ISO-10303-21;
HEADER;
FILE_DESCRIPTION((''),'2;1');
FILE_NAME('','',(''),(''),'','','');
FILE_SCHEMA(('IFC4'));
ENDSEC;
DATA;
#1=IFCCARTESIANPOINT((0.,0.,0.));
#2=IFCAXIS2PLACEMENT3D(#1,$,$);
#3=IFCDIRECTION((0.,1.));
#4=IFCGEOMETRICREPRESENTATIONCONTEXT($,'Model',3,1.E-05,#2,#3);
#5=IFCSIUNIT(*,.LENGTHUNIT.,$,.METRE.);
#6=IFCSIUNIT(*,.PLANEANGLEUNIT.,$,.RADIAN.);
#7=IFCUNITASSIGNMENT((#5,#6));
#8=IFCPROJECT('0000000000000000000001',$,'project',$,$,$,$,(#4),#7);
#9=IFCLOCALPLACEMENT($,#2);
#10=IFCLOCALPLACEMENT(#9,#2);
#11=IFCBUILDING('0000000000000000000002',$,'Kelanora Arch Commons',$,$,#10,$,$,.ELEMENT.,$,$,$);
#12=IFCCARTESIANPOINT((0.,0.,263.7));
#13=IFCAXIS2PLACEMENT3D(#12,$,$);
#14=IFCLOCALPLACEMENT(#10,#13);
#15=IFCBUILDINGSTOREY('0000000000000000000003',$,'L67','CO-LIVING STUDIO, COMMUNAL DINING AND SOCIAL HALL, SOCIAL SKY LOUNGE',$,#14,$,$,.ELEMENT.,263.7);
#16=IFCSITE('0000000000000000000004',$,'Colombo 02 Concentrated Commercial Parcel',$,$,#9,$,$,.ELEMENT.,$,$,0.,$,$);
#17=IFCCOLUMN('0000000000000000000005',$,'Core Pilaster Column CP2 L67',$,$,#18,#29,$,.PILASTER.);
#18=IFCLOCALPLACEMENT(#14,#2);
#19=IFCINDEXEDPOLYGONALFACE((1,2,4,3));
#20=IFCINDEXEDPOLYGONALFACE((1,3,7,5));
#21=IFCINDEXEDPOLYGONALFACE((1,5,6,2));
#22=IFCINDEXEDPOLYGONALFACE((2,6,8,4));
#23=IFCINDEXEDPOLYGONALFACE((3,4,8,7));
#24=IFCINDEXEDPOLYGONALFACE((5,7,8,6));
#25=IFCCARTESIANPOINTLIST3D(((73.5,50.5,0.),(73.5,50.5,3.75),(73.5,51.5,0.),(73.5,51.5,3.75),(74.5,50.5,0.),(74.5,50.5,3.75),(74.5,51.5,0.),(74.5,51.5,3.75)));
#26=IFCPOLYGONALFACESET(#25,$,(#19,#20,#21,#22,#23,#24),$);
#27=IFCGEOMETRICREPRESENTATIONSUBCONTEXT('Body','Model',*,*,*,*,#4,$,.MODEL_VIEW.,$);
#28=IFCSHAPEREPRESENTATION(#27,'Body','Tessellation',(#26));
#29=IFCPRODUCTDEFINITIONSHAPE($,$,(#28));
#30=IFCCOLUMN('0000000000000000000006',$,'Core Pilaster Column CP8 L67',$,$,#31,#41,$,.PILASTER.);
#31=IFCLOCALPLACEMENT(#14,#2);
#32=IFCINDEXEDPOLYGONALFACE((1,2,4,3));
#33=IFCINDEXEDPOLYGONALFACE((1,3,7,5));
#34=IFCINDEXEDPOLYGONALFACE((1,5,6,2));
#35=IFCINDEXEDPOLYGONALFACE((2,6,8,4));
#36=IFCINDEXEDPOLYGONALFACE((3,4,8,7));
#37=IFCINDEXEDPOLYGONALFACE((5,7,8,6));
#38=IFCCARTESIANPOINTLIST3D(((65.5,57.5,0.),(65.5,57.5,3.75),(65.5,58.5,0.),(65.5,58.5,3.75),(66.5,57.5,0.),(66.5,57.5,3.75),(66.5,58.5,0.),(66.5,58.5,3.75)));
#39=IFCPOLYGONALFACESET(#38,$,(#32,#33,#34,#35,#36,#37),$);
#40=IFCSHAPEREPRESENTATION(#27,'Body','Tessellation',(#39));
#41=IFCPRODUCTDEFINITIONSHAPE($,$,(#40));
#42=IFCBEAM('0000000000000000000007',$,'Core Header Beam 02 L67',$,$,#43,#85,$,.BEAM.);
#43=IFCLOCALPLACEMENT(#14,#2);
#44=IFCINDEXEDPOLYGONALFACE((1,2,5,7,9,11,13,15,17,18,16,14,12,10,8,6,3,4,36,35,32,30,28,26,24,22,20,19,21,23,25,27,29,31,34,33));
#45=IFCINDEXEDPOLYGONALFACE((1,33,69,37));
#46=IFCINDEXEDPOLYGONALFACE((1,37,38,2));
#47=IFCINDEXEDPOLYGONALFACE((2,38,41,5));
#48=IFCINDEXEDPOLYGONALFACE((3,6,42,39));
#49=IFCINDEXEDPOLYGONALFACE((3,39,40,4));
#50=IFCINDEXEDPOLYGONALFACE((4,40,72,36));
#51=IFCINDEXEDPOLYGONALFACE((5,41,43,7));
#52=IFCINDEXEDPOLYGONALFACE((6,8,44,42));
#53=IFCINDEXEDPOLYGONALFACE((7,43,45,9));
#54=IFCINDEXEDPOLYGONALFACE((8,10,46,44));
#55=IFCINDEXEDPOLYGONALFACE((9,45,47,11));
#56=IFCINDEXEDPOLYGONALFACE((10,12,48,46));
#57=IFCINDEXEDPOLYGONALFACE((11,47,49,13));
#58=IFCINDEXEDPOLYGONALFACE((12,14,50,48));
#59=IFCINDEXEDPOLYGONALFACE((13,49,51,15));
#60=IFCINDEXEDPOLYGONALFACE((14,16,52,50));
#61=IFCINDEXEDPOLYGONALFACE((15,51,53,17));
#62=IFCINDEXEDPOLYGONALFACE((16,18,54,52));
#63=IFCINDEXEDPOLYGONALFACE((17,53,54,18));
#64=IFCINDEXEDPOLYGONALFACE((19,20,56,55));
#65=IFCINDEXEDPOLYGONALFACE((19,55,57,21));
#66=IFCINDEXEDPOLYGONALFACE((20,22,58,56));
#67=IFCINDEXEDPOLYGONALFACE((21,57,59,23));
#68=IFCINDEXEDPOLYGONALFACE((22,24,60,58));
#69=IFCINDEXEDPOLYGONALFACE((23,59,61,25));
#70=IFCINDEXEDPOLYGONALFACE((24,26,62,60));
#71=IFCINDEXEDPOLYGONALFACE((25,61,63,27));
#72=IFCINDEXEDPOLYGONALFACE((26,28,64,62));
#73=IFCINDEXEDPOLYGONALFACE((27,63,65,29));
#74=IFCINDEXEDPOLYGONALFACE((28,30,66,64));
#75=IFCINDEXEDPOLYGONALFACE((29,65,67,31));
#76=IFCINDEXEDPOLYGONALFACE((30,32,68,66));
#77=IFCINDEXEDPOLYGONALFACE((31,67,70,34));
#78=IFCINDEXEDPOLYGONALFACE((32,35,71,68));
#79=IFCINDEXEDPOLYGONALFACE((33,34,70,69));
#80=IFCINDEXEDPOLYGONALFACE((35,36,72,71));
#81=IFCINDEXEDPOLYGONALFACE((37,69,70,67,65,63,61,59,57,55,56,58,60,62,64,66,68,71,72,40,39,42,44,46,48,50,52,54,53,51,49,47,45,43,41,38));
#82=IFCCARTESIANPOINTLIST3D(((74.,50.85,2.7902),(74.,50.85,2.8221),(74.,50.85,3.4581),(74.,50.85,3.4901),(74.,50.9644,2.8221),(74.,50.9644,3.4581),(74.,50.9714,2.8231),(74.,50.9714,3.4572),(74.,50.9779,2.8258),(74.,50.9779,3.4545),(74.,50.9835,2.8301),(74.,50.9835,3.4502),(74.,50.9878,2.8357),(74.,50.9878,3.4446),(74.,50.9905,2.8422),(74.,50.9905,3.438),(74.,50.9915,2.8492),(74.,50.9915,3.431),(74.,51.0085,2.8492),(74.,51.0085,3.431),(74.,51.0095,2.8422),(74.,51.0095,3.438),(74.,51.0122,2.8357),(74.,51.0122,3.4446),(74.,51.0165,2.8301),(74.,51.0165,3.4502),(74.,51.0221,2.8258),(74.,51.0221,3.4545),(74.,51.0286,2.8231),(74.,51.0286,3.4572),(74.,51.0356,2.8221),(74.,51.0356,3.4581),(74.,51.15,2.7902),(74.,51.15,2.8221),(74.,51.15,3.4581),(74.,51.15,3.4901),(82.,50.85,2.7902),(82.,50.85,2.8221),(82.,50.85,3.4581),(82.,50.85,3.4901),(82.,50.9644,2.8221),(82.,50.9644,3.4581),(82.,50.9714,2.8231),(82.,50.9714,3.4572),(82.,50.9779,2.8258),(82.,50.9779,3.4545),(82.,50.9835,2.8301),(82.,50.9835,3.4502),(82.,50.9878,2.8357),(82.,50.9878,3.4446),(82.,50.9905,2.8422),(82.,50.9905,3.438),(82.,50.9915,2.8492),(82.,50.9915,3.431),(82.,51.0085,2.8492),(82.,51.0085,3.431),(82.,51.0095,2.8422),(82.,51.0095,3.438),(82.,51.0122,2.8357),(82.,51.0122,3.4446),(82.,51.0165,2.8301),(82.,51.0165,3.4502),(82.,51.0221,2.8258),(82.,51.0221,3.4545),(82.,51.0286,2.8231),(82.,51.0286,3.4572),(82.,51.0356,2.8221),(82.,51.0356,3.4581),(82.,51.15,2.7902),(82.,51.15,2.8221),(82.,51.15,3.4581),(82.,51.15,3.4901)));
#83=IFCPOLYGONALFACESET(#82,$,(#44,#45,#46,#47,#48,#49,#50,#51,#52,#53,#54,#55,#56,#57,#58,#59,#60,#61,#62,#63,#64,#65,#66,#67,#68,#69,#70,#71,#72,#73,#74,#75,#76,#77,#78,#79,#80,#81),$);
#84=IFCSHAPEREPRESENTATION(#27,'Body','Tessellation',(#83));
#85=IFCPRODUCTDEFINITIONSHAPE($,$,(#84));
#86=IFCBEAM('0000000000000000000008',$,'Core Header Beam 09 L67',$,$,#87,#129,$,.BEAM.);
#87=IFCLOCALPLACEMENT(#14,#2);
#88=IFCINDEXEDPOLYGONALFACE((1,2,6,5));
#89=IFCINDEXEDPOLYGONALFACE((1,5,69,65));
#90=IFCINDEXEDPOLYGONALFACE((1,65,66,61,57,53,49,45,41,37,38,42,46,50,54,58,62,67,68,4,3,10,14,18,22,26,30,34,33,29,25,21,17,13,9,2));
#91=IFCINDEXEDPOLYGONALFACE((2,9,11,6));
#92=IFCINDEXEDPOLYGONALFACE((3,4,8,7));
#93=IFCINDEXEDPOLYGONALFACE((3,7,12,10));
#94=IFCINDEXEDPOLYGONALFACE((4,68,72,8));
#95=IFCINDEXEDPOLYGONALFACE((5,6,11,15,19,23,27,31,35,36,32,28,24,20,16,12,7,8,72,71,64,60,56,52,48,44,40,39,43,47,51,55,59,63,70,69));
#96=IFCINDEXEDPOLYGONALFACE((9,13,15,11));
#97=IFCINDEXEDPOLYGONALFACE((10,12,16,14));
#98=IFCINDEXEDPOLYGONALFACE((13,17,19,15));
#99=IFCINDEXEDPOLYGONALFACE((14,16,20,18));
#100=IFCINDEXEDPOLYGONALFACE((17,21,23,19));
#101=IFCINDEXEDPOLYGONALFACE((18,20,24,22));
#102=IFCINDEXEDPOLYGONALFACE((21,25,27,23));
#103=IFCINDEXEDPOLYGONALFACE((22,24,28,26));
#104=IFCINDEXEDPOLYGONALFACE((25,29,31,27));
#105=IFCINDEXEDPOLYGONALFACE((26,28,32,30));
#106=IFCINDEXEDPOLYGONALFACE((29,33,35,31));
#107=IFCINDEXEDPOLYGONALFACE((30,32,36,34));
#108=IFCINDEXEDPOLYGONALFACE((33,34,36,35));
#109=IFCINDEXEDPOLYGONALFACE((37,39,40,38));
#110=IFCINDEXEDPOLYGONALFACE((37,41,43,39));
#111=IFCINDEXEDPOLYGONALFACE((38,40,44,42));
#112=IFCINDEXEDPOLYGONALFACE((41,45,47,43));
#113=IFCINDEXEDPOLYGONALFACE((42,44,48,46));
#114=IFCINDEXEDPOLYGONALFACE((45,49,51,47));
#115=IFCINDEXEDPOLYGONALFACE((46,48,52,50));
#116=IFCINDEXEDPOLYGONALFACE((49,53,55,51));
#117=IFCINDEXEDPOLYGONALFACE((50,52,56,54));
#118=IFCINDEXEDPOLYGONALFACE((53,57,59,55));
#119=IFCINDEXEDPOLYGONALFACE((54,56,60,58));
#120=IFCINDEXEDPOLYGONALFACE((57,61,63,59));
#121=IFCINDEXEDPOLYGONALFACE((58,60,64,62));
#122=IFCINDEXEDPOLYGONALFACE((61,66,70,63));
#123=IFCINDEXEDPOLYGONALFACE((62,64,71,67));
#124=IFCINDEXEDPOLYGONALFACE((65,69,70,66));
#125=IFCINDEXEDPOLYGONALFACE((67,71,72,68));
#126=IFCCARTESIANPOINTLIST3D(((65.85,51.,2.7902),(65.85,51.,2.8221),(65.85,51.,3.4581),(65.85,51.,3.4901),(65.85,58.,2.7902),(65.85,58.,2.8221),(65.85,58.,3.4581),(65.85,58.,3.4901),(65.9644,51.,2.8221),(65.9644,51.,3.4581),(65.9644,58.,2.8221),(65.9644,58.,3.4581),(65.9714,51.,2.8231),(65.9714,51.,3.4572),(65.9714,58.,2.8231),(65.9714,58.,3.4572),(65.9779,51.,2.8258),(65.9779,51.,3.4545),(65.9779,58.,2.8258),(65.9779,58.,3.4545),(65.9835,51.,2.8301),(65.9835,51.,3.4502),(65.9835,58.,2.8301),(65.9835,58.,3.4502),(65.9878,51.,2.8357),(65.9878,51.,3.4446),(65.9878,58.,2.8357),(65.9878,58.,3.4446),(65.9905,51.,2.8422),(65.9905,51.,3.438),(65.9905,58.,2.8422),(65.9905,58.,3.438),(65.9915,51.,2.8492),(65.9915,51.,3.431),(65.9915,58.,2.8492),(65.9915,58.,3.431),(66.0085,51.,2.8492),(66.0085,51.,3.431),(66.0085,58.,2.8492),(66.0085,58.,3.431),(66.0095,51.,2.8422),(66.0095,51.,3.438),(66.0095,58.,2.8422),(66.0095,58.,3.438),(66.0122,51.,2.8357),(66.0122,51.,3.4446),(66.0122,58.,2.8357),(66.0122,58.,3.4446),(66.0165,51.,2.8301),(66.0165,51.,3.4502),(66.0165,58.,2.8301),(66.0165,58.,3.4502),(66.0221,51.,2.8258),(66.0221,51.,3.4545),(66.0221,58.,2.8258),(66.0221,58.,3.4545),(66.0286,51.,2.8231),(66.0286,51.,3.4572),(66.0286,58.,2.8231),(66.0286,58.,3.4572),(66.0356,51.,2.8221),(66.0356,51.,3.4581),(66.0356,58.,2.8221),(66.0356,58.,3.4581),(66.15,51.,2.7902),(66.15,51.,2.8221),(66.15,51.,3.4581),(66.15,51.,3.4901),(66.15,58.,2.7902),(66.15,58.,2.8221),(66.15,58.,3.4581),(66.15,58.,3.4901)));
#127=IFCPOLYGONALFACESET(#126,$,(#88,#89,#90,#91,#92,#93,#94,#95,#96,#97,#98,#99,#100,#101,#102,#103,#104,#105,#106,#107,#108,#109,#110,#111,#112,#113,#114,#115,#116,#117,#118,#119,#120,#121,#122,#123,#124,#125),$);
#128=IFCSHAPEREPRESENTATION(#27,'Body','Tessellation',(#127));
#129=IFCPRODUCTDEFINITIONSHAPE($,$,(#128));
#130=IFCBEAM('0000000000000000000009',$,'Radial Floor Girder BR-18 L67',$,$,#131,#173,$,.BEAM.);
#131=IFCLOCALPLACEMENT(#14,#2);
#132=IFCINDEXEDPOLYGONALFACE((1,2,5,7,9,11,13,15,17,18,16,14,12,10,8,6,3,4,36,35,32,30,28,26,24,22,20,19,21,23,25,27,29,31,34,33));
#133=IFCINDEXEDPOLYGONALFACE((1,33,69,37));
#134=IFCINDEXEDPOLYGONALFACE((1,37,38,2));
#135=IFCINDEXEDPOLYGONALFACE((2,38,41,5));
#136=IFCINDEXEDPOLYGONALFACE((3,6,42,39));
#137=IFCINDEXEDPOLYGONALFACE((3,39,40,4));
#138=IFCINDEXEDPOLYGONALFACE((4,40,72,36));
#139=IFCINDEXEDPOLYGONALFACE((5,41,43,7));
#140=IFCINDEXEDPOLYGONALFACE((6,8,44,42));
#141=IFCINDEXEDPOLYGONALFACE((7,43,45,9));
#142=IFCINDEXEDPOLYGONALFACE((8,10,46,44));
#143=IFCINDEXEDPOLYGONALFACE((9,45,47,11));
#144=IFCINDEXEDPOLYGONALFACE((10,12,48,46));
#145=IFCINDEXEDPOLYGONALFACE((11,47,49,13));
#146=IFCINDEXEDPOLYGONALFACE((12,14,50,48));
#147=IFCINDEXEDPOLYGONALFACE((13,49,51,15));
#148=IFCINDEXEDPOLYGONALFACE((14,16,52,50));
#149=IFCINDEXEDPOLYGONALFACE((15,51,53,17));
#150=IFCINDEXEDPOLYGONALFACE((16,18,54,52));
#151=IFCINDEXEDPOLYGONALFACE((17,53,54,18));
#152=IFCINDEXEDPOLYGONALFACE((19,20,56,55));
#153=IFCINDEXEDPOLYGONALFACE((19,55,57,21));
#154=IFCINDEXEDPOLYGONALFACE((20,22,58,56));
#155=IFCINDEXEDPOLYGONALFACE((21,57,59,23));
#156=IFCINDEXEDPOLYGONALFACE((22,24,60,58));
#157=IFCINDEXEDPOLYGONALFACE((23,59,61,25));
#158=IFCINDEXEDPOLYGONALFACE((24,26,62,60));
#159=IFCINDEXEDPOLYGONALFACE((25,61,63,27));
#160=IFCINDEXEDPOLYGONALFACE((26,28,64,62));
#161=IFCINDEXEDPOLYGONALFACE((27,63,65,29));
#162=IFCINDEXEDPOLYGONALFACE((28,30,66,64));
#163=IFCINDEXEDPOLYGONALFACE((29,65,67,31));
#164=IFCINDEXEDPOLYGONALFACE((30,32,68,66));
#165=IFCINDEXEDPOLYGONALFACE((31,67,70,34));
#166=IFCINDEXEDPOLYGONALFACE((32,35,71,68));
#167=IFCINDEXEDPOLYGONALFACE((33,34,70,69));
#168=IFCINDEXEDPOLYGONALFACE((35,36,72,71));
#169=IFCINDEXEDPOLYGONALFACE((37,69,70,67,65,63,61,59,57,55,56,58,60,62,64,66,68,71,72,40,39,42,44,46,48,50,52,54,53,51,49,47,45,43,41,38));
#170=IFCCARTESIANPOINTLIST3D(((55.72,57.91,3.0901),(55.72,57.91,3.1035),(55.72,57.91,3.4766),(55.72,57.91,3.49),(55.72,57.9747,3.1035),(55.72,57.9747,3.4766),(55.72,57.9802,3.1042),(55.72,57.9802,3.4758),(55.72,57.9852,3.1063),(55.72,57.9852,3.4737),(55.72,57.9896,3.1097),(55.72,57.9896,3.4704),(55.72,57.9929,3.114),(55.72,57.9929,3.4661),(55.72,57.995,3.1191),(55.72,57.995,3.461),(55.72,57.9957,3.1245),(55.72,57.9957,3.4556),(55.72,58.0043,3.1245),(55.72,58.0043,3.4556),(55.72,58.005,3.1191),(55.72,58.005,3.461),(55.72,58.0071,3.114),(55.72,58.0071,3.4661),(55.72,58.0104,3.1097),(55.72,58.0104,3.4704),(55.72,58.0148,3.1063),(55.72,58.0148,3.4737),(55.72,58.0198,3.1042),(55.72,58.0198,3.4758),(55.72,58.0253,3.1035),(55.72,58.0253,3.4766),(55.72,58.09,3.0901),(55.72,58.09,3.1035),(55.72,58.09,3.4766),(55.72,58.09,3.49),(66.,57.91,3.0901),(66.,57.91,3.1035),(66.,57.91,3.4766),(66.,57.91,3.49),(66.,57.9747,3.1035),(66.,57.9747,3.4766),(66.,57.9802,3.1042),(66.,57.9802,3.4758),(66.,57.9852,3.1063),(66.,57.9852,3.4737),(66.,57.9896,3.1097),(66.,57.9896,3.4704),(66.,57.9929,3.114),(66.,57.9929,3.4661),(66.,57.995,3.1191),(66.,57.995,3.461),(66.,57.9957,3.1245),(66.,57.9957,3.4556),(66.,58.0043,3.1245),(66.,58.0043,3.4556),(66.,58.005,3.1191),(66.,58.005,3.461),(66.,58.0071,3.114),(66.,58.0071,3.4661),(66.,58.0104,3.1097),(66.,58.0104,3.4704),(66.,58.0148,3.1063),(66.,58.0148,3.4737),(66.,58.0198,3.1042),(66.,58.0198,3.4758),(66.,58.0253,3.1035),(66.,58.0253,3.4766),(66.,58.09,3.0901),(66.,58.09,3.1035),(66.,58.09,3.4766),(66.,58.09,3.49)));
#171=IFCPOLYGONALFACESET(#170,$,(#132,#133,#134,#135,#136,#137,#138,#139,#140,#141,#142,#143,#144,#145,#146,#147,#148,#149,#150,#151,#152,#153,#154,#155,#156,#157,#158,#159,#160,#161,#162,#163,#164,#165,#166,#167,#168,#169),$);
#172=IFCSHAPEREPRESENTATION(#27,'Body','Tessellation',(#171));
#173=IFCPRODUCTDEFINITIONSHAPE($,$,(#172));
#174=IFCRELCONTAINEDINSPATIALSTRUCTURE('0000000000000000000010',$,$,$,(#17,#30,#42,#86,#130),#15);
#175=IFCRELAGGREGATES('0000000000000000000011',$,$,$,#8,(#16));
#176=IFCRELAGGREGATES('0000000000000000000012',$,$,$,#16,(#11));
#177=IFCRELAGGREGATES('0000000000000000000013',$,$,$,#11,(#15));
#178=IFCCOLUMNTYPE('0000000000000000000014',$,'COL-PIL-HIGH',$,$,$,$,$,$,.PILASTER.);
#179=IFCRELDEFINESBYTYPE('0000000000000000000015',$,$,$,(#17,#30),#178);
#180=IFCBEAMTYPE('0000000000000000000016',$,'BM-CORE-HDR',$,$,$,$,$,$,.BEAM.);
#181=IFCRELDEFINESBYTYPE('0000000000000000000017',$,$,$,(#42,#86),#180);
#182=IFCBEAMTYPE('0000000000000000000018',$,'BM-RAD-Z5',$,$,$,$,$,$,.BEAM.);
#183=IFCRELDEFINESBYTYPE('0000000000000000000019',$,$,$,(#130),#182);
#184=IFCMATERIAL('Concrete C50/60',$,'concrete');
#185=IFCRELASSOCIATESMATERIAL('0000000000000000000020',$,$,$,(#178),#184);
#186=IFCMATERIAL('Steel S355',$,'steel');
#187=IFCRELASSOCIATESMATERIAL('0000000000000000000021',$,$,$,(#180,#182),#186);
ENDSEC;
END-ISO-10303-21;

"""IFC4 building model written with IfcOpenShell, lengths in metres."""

from ifc_helpers import new_model, si_unit, direction, frame, origin, origin_2d, place, context, subcontext, project, spatial, rectangle, i_section, extrude, material, material_profile, profile_set, type_object, element, save


model = new_model("IFC4")

# Units and contexts
model_context = context("Model", 3, precision=1e-05, world=origin(), true_north=direction((0.0, 1.0)))
body_context = subcontext(model_context, "Body", "Model", "MODEL_VIEW")
ifc_project = project(units=[si_unit("LENGTHUNIT", "METRE"), si_unit("PLANEANGLEUNIT", "RADIAN")], contexts=[model_context])

# Site, building, storey
site_placement = place(None, origin())
site = spatial("IfcSite", under=ifc_project, at=site_placement, Name="Colombo 02 Concentrated Commercial Parcel", CompositionType="ELEMENT", RefElevation=0.0)
building_placement = place(site_placement, origin())
building = spatial("IfcBuilding", under=site, at=building_placement, Name="Kelanora Arch Commons", CompositionType="ELEMENT")
storey_placement = place(building_placement, frame((0.0, 0.0, 263.7)))
storey = spatial("IfcBuildingStorey", under=building, at=storey_placement, Name="L67", Description="CO-LIVING STUDIO, COMMUNAL DINING AND SOCIAL HALL, SOCIAL SKY LOUNGE", CompositionType="ELEMENT", Elevation=263.7)

# Columns
ifc_material_1 = material(Name="Concrete C50/60", Category="concrete")
ifc_material_profile_1 = material_profile(ifc_material_1, rectangle(XDim=1.0, YDim=1.0, at=origin_2d()), Name="RC1000x1000")
ifc_profile_set_1 = profile_set([ifc_material_profile_1], Name="Concrete C50/60")
column_type = type_object("IfcColumnType", Name="COL-PIL-HIGH", PredefinedType="PILASTER", material=ifc_profile_set_1)
for number, where, z_axis, x_axis, name in (
    (1, (74.0, 51.0, 0.0), (0.0, 0.0, 1.0), (1.0, 0.0, 0.0), "Core Pilaster Column CP2 L67"),
    (2, (66.0, 58.0, 0.0), (0.0, 0.0, 1.0), (1.0, 0.0, 0.0), "Core Pilaster Column CP8 L67"),
):
    element("IfcColumn", number, at=place(storey_placement, frame(where, z_axis=z_axis, x_axis=x_axis)), inside=storey, type_object=column_type, Name=name, PredefinedType="PILASTER", context=body_context, shape_type="SweptSolid", body=[
        extrude(rectangle(XDim=1.0, YDim=1.0, at=origin_2d()), origin(), (0.0, 0.0, 1.0), 3.75),
    ])

# Beams
ifc_material_2 = material(Name="Steel S355", Category="steel")
ifc_material_profile_2 = material_profile(ifc_material_2, i_section(OverallWidth=0.3, OverallDepth=0.7, WebThickness=0.0171, FlangeThickness=0.032, FilletRadius=0.0271, at=origin_2d()), Name="HEB700")
ifc_profile_set_2 = profile_set([ifc_material_profile_2], Name="Steel S355")
beam_type_1 = type_object("IfcBeamType", Name="BM-CORE-HDR", PredefinedType="BEAM", material=ifc_profile_set_2)
beam_1_placement = place(storey_placement, frame((74.0, 51.0, 3.1401), z_axis=(1.0, 0.0, 0.0), x_axis=(0.0, 1.0, 0.0)))
element("IfcBeam", 3, at=beam_1_placement, inside=storey, type_object=beam_type_1, Name="Core Header Beam 02 L67", PredefinedType="BEAM", context=body_context, shape_type="SweptSolid", body=[
    extrude(i_section(OverallWidth=0.3, OverallDepth=0.7, WebThickness=0.0171, FlangeThickness=0.032, FilletRadius=0.0271, at=origin_2d()), origin(), (0.0, 0.0, 1.0), 8.0),
])
beam_2_placement = place(storey_placement, frame((66.0, 58.0, 3.1401), z_axis=(0.0, -1.0, 0.0), x_axis=(1.0, 0.0, 0.0)))
element("IfcBeam", 4, at=beam_2_placement, inside=storey, type_object=beam_type_1, Name="Core Header Beam 09 L67", PredefinedType="BEAM", context=body_context, shape_type="SweptSolid", body=[
    extrude(i_section(OverallWidth=0.3, OverallDepth=0.7, WebThickness=0.0171, FlangeThickness=0.032, FilletRadius=0.0271, at=origin_2d()), origin(), (0.0, 0.0, 1.0), 7.0),
])
ifc_material_profile_3 = material_profile(ifc_material_2, i_section(OverallWidth=0.1799, OverallDepth=0.3999, WebThickness=0.0085, FlangeThickness=0.0134, FilletRadius=0.021, at=origin_2d()), Name="IPE400")
ifc_profile_set_3 = profile_set([ifc_material_profile_3], Name="Steel S355")
beam_type_2 = type_object("IfcBeamType", Name="BM-RAD-Z5", PredefinedType="BEAM", material=ifc_profile_set_3)
beam_3_placement = place(storey_placement, frame((66.0, 58.0, 3.29), z_axis=(-1.0, 0.0, 0.0), x_axis=(0.0, -1.0, 0.0)))
element("IfcBeam", 5, at=beam_3_placement, inside=storey, type_object=beam_type_2, Name="Radial Floor Girder BR-18 L67", PredefinedType="BEAM", context=body_context, shape_type="SweptSolid", body=[
    extrude(i_section(OverallWidth=0.1799, OverallDepth=0.3999, WebThickness=0.0085, FlangeThickness=0.0134, FilletRadius=0.021, at=origin_2d()), origin(), (0.0, 0.0, 1.0), 10.28),
])

save(model, "model.ifc")
